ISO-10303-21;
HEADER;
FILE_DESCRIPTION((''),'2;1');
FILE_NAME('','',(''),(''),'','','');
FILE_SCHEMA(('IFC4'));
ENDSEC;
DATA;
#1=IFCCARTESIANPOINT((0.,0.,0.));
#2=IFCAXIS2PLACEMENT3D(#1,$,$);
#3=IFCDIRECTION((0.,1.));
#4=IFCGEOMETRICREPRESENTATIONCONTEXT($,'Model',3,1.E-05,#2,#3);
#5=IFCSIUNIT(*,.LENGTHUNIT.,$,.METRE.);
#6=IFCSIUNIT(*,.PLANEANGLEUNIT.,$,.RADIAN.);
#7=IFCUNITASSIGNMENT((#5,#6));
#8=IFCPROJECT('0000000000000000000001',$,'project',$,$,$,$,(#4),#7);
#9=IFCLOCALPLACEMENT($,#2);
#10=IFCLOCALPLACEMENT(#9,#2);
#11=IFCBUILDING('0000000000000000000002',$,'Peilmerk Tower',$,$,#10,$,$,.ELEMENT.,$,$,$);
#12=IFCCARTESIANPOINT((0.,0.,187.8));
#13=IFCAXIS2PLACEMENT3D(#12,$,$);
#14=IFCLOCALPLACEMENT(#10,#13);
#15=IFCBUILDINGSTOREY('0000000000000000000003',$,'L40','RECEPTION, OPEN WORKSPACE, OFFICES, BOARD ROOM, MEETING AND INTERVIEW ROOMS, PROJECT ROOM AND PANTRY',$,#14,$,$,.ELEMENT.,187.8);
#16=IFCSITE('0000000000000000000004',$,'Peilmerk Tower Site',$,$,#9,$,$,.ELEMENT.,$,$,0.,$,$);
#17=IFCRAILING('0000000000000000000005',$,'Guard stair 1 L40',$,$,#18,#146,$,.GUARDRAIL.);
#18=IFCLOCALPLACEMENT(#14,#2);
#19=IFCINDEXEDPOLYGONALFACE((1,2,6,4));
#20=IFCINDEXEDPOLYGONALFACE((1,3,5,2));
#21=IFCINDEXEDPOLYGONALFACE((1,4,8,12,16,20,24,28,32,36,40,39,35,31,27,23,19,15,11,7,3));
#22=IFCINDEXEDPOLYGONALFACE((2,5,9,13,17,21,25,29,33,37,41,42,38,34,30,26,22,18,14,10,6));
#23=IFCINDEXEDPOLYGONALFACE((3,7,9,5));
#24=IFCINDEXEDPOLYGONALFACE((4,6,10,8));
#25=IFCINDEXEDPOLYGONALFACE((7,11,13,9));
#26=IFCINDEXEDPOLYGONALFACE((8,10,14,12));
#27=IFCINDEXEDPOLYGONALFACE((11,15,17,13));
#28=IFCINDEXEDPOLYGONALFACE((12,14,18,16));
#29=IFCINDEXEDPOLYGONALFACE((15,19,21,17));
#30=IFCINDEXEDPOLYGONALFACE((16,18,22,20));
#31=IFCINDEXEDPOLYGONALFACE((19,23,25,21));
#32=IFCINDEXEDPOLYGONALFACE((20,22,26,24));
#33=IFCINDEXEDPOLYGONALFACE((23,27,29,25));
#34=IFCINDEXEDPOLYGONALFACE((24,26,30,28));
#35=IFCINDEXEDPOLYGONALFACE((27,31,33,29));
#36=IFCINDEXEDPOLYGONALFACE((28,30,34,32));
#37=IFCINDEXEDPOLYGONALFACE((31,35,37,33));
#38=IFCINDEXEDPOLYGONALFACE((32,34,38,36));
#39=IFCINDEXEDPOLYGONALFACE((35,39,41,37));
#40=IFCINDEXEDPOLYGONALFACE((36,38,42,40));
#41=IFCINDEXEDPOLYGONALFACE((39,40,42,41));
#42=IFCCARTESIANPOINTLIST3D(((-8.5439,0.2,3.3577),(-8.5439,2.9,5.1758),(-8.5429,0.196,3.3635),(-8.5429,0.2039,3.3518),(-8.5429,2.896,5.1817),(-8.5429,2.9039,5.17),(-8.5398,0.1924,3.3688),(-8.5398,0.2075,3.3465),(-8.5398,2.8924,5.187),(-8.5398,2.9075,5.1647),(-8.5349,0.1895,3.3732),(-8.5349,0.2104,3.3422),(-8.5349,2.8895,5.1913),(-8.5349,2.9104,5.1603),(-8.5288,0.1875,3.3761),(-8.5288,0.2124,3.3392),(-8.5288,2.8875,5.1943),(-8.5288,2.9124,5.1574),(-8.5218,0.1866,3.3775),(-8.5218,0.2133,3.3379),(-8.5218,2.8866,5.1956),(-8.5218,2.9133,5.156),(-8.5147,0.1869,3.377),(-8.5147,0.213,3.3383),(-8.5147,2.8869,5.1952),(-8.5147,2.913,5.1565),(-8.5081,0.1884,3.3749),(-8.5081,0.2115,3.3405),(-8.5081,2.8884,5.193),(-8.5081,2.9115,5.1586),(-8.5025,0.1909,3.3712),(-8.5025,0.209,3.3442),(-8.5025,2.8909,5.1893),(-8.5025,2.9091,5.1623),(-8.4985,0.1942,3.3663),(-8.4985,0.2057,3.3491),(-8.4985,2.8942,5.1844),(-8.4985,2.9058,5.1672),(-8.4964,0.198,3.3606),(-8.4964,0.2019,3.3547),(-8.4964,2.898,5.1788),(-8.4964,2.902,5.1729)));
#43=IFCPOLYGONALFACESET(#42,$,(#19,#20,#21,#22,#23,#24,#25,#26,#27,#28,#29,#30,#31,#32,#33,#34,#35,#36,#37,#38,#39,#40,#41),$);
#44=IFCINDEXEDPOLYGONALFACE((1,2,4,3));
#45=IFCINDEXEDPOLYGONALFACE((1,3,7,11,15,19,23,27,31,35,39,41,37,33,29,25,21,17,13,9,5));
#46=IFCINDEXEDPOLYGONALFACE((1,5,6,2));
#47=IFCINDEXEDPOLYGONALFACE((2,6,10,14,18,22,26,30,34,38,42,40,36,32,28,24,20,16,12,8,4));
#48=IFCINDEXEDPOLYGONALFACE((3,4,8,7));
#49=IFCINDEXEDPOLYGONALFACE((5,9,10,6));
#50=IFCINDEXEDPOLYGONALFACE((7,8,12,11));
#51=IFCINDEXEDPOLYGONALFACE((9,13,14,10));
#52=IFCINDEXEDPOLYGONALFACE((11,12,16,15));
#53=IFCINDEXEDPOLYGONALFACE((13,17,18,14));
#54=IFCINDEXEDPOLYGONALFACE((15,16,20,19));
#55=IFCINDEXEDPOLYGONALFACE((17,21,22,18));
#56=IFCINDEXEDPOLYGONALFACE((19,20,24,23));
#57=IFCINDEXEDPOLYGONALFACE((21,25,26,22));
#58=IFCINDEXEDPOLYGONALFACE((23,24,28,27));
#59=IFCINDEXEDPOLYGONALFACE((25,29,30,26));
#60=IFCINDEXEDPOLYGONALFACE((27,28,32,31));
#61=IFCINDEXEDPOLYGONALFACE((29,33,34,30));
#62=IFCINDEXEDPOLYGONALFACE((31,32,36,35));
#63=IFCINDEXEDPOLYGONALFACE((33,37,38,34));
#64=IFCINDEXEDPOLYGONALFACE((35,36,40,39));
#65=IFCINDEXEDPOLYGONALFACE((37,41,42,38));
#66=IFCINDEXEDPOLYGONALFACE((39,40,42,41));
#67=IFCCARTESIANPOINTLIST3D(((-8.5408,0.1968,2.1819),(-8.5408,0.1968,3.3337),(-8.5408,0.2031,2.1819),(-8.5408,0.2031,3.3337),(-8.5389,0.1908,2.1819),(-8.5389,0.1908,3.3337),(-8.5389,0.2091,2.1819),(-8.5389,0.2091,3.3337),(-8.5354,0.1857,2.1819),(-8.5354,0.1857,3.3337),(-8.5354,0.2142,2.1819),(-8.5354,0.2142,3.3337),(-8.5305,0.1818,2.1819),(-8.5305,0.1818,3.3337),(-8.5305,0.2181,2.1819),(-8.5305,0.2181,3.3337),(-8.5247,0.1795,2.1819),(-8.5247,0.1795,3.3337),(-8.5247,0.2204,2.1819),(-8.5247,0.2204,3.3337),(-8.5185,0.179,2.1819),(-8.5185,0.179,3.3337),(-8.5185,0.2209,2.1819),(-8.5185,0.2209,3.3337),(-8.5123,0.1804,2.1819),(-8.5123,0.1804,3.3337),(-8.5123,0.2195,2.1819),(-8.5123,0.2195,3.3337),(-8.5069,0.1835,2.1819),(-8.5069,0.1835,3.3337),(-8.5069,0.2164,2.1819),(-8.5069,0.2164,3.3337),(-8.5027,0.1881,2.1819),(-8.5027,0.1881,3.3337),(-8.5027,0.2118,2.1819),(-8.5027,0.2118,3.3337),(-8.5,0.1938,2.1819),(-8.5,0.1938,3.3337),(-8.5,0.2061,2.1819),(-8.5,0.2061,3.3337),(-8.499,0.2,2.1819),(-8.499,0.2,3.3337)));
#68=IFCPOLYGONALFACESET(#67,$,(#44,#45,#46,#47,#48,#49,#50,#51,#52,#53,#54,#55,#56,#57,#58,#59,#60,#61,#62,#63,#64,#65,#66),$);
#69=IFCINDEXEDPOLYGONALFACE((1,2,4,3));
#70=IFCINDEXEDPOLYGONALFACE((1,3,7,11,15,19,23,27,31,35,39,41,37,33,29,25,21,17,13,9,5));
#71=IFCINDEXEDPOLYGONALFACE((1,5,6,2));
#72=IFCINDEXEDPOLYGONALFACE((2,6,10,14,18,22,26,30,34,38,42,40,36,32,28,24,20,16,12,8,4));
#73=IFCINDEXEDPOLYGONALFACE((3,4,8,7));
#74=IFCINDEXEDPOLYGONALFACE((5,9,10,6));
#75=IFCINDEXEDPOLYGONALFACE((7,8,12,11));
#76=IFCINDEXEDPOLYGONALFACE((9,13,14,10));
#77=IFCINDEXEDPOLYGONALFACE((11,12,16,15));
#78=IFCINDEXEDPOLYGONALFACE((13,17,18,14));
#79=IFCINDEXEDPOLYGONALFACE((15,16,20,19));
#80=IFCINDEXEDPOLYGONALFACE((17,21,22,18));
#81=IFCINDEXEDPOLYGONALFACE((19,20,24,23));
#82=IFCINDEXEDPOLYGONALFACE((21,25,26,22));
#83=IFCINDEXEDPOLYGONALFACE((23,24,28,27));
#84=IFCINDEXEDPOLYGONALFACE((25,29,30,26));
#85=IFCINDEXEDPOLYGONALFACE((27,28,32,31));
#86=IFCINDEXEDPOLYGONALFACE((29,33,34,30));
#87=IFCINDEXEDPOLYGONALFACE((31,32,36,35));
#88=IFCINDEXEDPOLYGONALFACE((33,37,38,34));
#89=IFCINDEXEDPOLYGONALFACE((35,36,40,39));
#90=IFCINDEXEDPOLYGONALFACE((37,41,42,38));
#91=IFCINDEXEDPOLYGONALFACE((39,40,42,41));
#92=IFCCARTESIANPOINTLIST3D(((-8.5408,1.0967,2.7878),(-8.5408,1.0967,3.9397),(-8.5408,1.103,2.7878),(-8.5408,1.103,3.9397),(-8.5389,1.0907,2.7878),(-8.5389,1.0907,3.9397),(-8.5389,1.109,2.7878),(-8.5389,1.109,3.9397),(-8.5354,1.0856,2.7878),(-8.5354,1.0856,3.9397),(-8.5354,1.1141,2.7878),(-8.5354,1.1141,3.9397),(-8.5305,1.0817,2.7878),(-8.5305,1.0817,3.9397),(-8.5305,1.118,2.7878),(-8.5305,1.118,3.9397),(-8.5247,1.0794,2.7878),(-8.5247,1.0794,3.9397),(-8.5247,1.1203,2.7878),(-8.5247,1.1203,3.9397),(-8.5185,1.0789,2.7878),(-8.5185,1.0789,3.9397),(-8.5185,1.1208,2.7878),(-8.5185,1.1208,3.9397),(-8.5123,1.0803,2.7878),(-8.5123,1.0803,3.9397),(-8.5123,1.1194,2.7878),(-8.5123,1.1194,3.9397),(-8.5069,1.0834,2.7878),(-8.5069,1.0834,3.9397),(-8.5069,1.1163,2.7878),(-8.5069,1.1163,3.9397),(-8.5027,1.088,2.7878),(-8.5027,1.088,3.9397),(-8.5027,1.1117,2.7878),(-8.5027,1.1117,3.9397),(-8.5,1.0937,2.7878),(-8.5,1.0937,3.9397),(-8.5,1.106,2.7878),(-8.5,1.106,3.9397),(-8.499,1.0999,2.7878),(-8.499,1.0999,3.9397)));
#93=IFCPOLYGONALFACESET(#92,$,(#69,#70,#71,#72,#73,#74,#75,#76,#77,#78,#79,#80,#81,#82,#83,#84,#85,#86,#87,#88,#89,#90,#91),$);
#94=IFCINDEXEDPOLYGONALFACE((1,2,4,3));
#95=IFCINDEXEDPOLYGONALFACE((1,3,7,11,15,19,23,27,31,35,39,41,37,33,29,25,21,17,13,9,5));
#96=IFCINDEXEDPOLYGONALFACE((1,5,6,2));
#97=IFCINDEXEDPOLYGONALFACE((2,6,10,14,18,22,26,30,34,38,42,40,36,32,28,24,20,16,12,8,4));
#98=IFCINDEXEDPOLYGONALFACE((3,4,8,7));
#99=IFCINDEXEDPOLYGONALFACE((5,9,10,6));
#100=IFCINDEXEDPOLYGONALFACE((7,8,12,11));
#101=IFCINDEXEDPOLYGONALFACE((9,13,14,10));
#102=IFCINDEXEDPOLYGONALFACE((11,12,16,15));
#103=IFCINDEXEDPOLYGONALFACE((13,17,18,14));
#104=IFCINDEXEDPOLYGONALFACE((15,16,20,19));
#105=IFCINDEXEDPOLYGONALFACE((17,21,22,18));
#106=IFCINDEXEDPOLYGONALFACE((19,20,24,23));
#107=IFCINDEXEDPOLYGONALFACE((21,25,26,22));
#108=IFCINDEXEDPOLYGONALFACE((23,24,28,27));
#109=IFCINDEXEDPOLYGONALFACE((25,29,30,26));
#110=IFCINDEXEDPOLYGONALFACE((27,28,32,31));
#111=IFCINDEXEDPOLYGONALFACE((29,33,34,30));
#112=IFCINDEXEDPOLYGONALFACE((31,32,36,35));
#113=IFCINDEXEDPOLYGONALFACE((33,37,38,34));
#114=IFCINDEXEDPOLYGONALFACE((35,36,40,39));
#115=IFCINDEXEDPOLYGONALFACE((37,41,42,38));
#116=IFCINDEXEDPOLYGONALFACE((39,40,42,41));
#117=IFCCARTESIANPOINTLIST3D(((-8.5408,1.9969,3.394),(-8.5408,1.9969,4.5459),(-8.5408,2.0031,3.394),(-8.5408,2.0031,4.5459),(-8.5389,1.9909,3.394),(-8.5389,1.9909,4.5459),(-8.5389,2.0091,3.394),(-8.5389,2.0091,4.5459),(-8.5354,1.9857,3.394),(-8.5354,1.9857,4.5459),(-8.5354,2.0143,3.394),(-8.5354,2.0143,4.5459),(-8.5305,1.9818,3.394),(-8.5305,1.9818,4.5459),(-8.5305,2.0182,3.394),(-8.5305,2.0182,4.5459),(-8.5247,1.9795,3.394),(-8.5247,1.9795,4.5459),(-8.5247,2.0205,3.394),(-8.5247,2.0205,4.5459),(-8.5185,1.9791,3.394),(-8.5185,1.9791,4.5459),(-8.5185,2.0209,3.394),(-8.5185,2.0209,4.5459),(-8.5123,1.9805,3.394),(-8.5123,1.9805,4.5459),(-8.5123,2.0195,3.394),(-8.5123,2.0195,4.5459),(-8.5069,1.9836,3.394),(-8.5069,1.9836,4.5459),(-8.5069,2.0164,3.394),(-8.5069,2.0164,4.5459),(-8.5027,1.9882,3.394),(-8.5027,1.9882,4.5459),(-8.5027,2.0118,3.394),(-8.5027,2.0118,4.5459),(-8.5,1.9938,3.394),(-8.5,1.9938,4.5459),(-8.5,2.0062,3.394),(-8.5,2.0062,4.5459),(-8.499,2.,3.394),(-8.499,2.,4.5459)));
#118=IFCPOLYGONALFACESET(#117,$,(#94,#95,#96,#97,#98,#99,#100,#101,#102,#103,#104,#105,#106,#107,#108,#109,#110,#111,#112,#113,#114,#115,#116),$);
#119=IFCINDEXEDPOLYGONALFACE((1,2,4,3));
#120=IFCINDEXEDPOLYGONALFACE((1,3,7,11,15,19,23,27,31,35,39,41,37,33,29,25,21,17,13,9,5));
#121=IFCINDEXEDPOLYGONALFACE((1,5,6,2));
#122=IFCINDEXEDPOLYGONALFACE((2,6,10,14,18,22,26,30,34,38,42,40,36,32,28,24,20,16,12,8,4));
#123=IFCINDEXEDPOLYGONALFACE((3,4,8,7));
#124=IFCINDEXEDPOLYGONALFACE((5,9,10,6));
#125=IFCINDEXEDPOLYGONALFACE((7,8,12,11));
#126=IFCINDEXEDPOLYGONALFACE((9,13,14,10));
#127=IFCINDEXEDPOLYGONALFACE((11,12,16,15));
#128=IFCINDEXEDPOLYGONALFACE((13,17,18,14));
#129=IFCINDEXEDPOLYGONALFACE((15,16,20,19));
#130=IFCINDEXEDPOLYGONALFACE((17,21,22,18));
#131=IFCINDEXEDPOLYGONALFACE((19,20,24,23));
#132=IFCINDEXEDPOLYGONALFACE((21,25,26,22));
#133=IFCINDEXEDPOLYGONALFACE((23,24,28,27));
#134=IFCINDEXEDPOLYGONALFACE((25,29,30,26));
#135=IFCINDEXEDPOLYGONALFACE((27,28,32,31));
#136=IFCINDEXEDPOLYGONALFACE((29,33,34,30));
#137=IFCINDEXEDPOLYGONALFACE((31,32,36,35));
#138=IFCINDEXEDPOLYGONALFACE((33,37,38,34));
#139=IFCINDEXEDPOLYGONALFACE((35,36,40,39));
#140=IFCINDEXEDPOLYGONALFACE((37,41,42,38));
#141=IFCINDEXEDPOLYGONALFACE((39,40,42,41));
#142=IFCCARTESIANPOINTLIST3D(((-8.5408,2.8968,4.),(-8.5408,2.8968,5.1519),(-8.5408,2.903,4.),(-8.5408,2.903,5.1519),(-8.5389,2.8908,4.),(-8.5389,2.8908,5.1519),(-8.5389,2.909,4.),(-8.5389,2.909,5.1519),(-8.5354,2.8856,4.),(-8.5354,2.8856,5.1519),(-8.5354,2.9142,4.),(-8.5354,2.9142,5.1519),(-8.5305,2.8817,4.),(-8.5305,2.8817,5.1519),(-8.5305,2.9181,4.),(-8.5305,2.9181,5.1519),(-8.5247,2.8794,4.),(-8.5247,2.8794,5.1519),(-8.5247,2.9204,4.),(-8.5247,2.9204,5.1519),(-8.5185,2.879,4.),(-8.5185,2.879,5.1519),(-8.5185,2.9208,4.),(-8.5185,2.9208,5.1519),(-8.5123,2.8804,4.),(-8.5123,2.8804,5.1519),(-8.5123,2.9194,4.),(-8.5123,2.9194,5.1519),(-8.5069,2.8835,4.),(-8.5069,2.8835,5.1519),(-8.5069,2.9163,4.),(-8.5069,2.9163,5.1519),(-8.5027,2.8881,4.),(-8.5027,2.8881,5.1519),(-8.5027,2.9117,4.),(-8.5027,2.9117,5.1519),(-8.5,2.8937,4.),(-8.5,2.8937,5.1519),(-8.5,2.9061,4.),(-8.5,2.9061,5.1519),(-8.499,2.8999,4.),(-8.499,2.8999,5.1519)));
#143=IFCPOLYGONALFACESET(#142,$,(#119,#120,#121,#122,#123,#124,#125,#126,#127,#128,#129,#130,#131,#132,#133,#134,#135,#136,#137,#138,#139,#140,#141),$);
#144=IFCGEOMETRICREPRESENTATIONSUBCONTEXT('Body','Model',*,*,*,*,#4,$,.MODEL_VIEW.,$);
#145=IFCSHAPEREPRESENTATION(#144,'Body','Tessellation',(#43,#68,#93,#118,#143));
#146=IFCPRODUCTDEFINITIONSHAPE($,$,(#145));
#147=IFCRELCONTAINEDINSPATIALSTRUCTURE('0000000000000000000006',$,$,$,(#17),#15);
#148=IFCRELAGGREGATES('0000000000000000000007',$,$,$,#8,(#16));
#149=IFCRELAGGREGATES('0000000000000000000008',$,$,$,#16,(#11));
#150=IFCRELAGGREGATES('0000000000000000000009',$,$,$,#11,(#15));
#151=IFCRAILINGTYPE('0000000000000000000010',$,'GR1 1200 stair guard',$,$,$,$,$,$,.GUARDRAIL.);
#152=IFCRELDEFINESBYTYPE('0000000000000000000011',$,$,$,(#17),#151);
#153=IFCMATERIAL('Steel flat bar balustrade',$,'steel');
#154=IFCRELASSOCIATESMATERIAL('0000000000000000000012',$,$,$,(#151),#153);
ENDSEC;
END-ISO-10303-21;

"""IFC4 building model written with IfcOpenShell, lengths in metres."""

from ifc_helpers import new_model, si_unit, direction, frame, origin, origin_2d, place, context, subcontext, project, spatial, circle, extrude, material, type_object, element, save


model = new_model("IFC4")

# Units and contexts
model_context = context("Model", 3, precision=1e-05, world=origin(), true_north=direction((0.0, 1.0)))
body_context = subcontext(model_context, "Body", "Model", "MODEL_VIEW")
ifc_project = project(units=[si_unit("LENGTHUNIT", "METRE"), si_unit("PLANEANGLEUNIT", "RADIAN")], contexts=[model_context])

# Site, building, storey
site_placement = place(None, origin())
site = spatial("IfcSite", under=ifc_project, at=site_placement, Name="Peilmerk Tower Site", CompositionType="ELEMENT", RefElevation=0.0)
building_placement = place(site_placement, origin())
building = spatial("IfcBuilding", under=site, at=building_placement, Name="Peilmerk Tower", CompositionType="ELEMENT")
storey_placement = place(building_placement, frame((0.0, 0.0, 187.8)))
storey = spatial("IfcBuildingStorey", under=building, at=storey_placement, Name="L40", Description="RECEPTION, OPEN WORKSPACE, OFFICES, BOARD ROOM, MEETING AND INTERVIEW ROOMS, PROJECT ROOM AND PANTRY", CompositionType="ELEMENT", Elevation=187.8)

# Railing
ifc_material_1 = material(Name="Steel flat bar balustrade", Category="steel")
railing_type_1 = type_object("IfcRailingType", Name="GR1 1200 stair guard", PredefinedType="GUARDRAIL", material=ifc_material_1)
railing_1_placement = place(storey_placement, frame((-8.52, 0.2, 2.1819)))
element("IfcRailing", 1, at=railing_1_placement, inside=storey, type_object=railing_type_1, Name="Guard stair 1 L40", PredefinedType="GUARDRAIL", context=body_context, shape_type="SweptSolid", body=[
    extrude(circle(Radius=0.0239, at=origin_2d()), frame((0.0, 0.0, 1.1758), z_axis=(0.0, 0.829468, 0.558554), x_axis=(-1.0, 0.0, 0.0)), (0.0, 0.0, 1.0), 3.2551),
    extrude(circle(Radius=0.021, at=origin_2d()), origin(), (0.0, 0.0, 1.0), 1.1519),
    extrude(circle(Radius=0.021, at=origin_2d()), frame((0.0, 0.8999, 0.606)), (0.0, 0.0, 1.0), 1.1519),
    extrude(circle(Radius=0.021, at=origin_2d()), frame((0.0, 1.8, 1.2122)), (0.0, 0.0, 1.0), 1.1519),
    extrude(circle(Radius=0.021, at=origin_2d()), frame((0.0, 2.7, 1.8181)), (0.0, 0.0, 1.0), 1.1519),
])

save(model, "model.ifc")
